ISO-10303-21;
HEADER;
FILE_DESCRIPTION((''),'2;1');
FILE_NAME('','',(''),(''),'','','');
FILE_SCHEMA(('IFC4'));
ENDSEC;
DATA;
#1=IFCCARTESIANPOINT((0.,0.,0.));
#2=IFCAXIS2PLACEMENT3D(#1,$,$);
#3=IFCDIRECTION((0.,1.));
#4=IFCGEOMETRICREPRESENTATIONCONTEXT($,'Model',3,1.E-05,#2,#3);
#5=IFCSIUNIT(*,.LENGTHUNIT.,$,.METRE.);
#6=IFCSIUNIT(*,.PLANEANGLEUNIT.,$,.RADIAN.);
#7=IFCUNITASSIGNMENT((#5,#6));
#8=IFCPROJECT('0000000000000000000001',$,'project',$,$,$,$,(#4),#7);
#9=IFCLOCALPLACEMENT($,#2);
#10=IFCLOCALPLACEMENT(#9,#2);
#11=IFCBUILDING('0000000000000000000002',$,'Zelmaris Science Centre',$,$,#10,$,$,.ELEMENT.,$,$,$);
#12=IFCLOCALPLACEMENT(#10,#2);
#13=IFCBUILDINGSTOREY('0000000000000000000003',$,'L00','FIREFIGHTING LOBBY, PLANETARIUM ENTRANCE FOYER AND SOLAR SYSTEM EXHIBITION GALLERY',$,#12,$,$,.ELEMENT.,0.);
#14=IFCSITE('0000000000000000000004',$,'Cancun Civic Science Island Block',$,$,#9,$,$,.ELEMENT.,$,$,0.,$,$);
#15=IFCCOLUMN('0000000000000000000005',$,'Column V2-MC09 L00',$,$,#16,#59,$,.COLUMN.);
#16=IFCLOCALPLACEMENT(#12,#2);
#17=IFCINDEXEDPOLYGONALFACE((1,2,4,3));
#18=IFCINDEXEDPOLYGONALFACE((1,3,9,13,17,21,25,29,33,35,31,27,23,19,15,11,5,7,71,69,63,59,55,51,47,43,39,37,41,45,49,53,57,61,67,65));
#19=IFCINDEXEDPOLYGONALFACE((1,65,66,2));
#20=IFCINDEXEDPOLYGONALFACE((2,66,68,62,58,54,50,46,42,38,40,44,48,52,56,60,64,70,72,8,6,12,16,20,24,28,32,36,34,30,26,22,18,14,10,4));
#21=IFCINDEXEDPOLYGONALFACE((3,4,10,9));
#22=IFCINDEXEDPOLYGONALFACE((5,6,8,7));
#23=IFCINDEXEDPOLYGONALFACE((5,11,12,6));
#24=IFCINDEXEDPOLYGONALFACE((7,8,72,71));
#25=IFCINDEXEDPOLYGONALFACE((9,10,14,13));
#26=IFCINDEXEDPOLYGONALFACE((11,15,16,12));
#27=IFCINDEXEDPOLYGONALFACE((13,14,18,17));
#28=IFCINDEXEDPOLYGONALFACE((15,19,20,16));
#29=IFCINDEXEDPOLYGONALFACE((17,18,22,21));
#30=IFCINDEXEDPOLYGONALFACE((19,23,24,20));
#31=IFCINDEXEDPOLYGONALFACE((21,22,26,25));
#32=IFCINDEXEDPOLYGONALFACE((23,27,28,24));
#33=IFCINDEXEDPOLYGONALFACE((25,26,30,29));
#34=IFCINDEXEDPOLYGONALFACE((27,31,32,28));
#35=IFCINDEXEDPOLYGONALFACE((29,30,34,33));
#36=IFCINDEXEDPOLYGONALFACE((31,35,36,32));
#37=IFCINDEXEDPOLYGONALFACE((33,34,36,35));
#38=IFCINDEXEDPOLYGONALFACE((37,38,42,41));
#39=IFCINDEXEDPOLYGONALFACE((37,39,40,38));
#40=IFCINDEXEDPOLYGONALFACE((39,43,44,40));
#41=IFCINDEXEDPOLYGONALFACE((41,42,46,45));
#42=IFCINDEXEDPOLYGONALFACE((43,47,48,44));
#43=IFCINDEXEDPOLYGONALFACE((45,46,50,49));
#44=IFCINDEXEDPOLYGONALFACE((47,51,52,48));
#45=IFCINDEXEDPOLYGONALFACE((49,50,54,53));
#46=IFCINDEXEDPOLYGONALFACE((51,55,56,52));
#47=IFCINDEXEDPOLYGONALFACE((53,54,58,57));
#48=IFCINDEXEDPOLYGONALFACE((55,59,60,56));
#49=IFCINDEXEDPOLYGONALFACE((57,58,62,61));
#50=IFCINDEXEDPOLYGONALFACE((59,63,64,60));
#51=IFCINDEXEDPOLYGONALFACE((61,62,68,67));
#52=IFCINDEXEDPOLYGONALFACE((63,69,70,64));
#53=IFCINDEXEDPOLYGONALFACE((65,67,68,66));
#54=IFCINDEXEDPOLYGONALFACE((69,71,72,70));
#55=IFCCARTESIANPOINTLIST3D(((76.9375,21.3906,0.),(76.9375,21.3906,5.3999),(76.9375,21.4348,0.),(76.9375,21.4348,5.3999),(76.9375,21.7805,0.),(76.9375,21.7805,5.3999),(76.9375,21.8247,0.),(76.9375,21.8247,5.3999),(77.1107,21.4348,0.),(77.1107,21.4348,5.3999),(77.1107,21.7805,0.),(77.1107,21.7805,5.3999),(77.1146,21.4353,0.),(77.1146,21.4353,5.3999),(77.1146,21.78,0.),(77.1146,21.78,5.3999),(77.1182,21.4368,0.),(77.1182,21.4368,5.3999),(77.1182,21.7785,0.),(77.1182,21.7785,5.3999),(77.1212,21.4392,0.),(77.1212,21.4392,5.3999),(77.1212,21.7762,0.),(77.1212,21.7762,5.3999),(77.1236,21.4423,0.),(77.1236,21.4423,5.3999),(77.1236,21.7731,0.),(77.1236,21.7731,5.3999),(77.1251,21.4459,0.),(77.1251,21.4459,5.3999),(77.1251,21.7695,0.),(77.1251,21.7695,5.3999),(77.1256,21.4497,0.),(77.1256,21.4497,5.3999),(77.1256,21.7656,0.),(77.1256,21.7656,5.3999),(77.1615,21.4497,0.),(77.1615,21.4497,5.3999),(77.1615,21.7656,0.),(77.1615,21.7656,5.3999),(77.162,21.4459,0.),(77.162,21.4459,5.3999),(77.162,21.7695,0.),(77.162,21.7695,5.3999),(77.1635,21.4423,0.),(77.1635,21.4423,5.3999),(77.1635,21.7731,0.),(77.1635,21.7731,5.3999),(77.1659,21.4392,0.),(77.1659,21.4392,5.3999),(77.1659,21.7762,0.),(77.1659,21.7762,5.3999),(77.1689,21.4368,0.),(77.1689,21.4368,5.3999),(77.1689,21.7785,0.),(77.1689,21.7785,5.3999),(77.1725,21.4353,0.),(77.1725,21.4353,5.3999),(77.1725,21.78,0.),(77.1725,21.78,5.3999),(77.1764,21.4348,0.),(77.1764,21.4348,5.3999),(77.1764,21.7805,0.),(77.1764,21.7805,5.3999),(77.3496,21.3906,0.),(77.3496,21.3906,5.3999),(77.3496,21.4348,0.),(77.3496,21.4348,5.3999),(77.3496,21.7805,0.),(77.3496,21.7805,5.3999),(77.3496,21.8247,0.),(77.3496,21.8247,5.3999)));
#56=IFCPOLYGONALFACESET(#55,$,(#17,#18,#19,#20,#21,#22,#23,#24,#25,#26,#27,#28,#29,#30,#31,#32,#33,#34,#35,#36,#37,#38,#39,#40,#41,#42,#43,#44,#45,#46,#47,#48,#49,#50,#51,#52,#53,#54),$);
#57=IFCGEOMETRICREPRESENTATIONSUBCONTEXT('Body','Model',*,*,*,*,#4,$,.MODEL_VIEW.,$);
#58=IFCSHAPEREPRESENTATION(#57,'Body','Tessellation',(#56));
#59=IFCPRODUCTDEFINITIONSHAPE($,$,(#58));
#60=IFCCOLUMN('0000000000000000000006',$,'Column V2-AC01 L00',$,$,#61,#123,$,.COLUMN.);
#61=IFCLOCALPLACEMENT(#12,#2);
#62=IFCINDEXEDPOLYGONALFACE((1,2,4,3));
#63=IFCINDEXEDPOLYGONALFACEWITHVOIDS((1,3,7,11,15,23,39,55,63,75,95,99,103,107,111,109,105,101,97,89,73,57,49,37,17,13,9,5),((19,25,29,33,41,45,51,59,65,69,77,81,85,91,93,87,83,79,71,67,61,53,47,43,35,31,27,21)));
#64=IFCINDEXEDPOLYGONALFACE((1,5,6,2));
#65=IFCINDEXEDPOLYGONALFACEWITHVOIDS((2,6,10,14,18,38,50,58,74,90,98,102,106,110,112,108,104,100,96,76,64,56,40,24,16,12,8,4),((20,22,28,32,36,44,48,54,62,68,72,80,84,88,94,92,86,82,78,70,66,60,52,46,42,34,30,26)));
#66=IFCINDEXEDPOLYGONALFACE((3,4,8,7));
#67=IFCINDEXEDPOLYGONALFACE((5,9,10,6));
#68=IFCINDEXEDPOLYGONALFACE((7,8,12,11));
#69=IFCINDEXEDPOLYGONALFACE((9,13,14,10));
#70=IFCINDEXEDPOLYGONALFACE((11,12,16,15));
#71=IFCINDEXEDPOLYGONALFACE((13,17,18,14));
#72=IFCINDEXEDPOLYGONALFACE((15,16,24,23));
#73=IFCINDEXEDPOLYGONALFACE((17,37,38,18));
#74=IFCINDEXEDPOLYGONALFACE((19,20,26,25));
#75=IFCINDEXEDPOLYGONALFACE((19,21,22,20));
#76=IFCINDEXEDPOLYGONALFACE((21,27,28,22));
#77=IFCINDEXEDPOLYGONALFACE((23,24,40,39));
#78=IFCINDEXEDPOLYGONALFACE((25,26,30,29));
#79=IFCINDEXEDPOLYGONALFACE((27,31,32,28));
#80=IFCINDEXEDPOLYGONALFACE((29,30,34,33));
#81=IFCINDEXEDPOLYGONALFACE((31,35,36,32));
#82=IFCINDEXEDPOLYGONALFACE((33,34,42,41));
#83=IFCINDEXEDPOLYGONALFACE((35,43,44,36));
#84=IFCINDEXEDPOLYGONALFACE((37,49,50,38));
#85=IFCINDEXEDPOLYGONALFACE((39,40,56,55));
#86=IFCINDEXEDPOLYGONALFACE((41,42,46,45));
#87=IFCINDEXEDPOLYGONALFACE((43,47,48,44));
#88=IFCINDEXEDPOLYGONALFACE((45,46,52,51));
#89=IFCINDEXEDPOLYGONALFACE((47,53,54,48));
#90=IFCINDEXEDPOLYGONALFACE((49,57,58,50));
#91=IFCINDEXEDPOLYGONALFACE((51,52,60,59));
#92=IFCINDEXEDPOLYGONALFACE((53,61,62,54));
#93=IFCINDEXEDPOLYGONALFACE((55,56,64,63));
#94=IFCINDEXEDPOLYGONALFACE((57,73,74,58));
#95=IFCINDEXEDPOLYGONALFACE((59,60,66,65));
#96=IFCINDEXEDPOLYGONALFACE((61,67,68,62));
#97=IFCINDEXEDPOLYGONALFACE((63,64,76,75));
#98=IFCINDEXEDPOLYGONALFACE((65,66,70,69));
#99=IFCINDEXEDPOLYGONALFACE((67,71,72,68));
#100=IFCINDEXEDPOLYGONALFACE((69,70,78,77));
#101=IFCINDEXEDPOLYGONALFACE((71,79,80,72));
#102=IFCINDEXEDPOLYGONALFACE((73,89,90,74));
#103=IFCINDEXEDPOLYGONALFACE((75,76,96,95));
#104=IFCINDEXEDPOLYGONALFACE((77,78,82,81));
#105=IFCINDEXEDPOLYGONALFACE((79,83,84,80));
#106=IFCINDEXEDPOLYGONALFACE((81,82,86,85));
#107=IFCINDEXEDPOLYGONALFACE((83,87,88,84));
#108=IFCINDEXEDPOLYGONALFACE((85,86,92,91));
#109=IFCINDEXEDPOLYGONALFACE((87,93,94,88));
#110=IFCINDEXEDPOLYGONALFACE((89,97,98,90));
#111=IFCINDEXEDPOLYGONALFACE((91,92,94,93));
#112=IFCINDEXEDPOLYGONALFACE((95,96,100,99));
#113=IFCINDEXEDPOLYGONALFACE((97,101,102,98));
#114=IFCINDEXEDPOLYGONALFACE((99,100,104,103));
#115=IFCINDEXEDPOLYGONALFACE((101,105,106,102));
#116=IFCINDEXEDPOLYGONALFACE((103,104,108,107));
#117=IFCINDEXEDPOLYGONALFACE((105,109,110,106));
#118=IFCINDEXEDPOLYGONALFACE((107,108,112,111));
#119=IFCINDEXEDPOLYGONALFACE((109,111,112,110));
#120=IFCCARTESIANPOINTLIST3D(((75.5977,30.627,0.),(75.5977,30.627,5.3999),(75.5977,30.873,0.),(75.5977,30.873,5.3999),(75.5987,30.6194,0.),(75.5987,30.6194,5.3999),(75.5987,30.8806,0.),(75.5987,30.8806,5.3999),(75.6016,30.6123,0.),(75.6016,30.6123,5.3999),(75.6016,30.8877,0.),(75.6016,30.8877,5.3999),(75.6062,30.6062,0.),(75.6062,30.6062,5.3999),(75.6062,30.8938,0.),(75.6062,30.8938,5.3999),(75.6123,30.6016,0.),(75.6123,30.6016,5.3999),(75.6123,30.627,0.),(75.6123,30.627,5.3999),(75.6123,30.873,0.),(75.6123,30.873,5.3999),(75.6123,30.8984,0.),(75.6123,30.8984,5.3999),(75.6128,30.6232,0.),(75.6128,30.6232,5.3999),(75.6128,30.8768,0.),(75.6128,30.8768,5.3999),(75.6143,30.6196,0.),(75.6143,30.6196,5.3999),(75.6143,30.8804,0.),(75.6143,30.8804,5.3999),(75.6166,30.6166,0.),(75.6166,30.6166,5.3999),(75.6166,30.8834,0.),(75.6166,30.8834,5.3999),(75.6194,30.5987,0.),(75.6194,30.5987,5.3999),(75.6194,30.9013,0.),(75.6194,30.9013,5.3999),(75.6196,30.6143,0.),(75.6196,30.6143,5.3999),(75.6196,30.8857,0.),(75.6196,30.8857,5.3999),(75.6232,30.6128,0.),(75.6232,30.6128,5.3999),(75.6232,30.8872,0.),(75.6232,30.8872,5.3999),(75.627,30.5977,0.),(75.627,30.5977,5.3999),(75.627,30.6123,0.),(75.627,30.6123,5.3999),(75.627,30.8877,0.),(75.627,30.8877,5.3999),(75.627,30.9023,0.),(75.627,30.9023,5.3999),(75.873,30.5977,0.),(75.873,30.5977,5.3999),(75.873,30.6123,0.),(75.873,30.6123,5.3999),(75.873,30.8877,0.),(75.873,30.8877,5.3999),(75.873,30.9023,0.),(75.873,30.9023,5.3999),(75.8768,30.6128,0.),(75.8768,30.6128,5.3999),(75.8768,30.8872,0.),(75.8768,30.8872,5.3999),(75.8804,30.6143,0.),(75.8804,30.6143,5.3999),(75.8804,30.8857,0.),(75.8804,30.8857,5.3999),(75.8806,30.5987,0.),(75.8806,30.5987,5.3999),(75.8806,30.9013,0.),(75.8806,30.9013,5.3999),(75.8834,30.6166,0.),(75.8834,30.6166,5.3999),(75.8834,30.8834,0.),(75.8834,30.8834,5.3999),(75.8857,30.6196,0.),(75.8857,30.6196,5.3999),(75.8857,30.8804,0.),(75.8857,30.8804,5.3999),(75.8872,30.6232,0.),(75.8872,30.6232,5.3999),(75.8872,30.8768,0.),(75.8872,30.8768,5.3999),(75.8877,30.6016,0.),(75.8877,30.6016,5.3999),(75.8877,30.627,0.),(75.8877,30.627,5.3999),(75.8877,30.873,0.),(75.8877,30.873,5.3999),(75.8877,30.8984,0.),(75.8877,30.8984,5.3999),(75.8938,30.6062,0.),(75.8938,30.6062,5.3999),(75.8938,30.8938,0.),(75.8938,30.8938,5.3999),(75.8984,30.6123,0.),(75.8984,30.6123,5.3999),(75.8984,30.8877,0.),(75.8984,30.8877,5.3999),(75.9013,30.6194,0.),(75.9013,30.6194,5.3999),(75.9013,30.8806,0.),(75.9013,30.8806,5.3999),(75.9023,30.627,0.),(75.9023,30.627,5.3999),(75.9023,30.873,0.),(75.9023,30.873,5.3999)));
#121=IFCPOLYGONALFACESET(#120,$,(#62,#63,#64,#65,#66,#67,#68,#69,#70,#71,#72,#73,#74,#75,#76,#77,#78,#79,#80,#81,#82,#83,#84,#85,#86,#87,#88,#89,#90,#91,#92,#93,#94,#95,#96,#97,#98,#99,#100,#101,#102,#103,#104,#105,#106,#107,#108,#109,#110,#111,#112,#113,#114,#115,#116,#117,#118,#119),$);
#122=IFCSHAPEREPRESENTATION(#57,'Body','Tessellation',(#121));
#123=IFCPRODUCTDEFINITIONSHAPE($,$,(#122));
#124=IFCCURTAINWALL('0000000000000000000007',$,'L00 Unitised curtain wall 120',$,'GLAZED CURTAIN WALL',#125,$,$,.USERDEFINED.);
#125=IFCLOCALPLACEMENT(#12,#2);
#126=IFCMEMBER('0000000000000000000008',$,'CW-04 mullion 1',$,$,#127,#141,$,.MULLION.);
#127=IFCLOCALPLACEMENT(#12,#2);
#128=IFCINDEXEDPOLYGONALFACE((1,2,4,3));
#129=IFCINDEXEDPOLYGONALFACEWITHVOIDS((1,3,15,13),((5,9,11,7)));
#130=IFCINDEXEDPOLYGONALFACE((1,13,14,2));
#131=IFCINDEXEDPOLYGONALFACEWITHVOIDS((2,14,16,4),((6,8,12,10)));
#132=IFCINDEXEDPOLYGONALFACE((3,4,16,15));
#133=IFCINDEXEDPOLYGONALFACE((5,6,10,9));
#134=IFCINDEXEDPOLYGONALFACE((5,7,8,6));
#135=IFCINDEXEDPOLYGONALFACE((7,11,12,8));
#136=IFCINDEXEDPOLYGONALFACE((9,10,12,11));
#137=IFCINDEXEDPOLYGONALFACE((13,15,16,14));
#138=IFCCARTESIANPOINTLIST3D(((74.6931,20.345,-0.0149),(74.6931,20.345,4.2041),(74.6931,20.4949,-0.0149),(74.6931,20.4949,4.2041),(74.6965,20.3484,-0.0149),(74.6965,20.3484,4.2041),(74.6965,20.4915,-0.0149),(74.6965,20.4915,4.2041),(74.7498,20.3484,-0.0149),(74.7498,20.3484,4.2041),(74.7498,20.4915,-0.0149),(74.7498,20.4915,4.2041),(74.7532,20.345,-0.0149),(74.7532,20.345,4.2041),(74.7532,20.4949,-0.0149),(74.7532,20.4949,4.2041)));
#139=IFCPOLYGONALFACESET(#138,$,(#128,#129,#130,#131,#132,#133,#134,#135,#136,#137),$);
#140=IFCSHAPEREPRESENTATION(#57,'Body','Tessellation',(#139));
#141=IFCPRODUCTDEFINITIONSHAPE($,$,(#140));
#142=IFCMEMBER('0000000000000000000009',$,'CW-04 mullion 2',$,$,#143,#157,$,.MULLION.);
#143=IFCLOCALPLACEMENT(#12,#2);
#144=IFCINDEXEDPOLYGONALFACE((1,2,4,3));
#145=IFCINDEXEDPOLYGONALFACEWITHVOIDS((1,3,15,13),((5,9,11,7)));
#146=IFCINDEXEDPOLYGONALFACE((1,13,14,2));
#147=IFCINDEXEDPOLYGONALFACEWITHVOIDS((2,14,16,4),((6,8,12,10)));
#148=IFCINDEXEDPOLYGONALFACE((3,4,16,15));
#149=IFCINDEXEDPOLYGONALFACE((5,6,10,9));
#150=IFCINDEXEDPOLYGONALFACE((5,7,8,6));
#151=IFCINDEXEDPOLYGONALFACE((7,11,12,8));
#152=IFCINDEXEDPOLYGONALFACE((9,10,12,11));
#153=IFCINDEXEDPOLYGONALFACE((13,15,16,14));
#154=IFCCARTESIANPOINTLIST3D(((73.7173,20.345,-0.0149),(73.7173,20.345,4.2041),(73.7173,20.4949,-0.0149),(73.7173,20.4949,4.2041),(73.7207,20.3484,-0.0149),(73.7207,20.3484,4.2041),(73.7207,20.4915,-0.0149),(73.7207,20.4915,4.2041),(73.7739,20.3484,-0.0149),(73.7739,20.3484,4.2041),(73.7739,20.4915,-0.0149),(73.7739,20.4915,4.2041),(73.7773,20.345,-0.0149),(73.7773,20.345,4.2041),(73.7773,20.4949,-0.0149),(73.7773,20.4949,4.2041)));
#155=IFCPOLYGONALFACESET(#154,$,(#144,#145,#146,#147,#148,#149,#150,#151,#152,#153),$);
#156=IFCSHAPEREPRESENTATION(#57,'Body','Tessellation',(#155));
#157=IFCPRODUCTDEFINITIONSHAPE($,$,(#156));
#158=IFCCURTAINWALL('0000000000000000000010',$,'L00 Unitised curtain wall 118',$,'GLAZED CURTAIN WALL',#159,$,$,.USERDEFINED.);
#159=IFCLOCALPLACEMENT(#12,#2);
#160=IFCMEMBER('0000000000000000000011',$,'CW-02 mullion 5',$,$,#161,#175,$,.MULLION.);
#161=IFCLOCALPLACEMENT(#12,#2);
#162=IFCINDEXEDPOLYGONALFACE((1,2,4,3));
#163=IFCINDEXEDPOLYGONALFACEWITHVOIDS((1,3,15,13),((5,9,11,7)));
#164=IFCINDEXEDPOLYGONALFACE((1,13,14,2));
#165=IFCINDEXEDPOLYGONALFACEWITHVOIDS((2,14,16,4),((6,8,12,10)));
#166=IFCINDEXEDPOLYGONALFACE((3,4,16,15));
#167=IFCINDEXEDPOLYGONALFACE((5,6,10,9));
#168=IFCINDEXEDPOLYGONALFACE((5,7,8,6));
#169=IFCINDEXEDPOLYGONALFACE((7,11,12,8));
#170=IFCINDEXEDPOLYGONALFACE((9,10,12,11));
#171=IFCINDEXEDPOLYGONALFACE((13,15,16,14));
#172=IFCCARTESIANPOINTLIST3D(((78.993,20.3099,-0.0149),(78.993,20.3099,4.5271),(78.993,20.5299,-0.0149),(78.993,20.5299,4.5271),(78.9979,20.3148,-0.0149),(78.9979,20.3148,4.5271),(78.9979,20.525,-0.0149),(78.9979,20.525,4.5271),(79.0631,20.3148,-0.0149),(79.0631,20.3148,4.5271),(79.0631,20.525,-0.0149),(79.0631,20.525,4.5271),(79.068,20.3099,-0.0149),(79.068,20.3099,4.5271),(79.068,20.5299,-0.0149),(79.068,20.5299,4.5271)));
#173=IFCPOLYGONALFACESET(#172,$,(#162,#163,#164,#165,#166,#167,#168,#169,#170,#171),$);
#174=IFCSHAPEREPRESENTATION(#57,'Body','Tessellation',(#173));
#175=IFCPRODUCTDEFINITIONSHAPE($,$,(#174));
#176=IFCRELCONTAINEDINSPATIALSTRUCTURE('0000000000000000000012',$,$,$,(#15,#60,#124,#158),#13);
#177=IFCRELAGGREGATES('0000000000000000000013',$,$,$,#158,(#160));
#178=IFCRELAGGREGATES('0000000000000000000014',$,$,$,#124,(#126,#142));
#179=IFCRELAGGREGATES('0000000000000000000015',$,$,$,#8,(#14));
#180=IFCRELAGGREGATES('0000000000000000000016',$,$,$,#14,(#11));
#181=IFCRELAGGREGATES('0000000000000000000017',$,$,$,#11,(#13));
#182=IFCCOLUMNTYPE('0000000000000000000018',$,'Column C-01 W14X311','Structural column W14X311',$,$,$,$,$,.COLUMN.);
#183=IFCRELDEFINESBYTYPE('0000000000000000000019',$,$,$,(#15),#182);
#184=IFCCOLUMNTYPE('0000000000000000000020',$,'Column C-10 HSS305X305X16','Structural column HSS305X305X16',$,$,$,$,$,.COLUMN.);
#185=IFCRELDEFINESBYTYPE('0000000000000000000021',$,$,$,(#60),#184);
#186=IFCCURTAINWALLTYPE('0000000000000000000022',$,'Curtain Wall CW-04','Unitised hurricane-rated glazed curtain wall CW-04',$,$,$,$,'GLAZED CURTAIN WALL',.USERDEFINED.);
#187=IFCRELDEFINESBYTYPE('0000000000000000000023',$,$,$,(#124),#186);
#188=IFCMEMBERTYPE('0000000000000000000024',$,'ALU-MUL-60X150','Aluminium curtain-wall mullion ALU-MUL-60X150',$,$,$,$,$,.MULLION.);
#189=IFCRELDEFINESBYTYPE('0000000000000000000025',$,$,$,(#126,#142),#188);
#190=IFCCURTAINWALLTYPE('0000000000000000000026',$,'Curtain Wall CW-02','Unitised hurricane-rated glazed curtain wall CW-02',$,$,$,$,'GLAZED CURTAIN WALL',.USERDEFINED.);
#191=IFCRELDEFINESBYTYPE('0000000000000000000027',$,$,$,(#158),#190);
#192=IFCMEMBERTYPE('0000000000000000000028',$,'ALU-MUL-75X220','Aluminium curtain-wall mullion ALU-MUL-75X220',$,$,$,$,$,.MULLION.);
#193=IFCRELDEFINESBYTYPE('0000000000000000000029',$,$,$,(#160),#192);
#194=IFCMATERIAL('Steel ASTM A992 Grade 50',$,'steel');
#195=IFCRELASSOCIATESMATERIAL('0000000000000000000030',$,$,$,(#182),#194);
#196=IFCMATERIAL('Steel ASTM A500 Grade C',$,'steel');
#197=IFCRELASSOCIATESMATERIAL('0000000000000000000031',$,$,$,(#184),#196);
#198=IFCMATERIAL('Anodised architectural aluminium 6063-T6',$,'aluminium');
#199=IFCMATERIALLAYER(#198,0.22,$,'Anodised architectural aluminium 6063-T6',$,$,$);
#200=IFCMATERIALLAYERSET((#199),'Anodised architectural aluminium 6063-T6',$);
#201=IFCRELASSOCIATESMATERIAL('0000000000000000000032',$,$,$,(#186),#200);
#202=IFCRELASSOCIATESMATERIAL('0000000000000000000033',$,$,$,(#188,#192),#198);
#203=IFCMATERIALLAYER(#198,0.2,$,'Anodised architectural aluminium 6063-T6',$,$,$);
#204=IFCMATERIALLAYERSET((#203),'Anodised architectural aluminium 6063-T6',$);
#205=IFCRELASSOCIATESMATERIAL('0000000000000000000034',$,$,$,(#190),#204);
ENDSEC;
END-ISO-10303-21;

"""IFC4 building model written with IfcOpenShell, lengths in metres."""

from ifc_helpers import new_model, si_unit, direction, frame, origin, origin_2d, place, context, subcontext, project, spatial, hollow_rectangle, i_section, extrude, material, layer, layer_set, material_profile, profile_set, type_object, element, aggregate, save


model = new_model("IFC4")

# Units and contexts
model_context = context("Model", 3, precision=1e-05, world=origin(), true_north=direction((0.0, 1.0)))
body_context = subcontext(model_context, "Body", "Model", "MODEL_VIEW")
ifc_project = project(units=[si_unit("LENGTHUNIT", "METRE"), si_unit("PLANEANGLEUNIT", "RADIAN")], contexts=[model_context])

# Site, building, storey
site_placement = place(None, origin())
site = spatial("IfcSite", under=ifc_project, at=site_placement, Name="Cancun Civic Science Island Block", CompositionType="ELEMENT", RefElevation=0.0)
building_placement = place(site_placement, origin())
building = spatial("IfcBuilding", under=site, at=building_placement, Name="Zelmaris Science Centre", CompositionType="ELEMENT")
storey_placement = place(building_placement, origin())
storey = spatial("IfcBuildingStorey", under=building, at=storey_placement, Name="L00", Description="FIREFIGHTING LOBBY, PLANETARIUM ENTRANCE FOYER AND SOLAR SYSTEM EXHIBITION GALLERY", CompositionType="ELEMENT", Elevation=0.0)

# Columns
ifc_material_1 = material(Name="Steel ASTM A992 Grade 50", Category="steel")
ifc_material_profile_1 = material_profile(ifc_material_1, i_section(OverallWidth=0.4121, OverallDepth=0.4341, WebThickness=0.0359, FlangeThickness=0.0442, FilletRadius=0.0149, at=origin_2d()), Name="W14X311")
ifc_profile_set_1 = profile_set([ifc_material_profile_1], Name="Steel ASTM A992 Grade 50")
column_type_1 = type_object("IfcColumnType", Name="Column C-01 W14X311", Description="Structural column W14X311", PredefinedType="COLUMN", material=ifc_profile_set_1)
column_1_placement = place(storey_placement, frame((77.1436, 21.6077, 0.0), z_axis=(0.0, 0.0, 1.0), x_axis=(1.0, 0.0, 0.0)))
element("IfcColumn", 1, at=column_1_placement, inside=storey, type_object=column_type_1, Name="Column V2-MC09 L00", PredefinedType="COLUMN", context=body_context, shape_type="SweptSolid", body=[
    extrude(i_section(OverallWidth=0.4121, OverallDepth=0.4341, WebThickness=0.0359, FlangeThickness=0.0442, FilletRadius=0.0149, at=origin_2d()), origin(), (0.0, 0.0, 1.0), 5.3999),
])
ifc_material_2 = material(Name="Steel ASTM A500 Grade C", Category="steel")
ifc_material_profile_2 = material_profile(ifc_material_2, hollow_rectangle(XDim=0.3047, YDim=0.3047, WallThickness=0.0146, InnerFilletRadius=0.0146, OuterFilletRadius=0.0293, at=origin_2d()), Name="HSS305X305X16")
ifc_profile_set_2 = profile_set([ifc_material_profile_2], Name="Steel ASTM A500 Grade C")
column_type_2 = type_object("IfcColumnType", Name="Column C-10 HSS305X305X16", Description="Structural column HSS305X305X16", PredefinedType="COLUMN", material=ifc_profile_set_2)
column_2_placement = place(storey_placement, frame((75.75, 30.75, 0.0), z_axis=(0.0, 0.0, 1.0), x_axis=(1.0, 0.0, 0.0)))
element("IfcColumn", 2, at=column_2_placement, inside=storey, type_object=column_type_2, Name="Column V2-AC01 L00", PredefinedType="COLUMN", context=body_context, shape_type="SweptSolid", body=[
    extrude(hollow_rectangle(XDim=0.3047, YDim=0.3047, WallThickness=0.0146, InnerFilletRadius=0.0146, OuterFilletRadius=0.0293, at=origin_2d()), origin(), (0.0, 0.0, 1.0), 5.3999),
])

# Curtain wall, members
ifc_material_3 = material(Name="Anodised architectural aluminium 6063-T6", Category="aluminium")
ifc_layer_1 = layer(ifc_material_3, 0.22, Name="Anodised architectural aluminium 6063-T6")
ifc_layer_set_1 = layer_set([ifc_layer_1], Name="Anodised architectural aluminium 6063-T6")
curtain_wall_type_1 = type_object("IfcCurtainWallType", Name="Curtain Wall CW-04", Description="Unitised hurricane-rated glazed curtain wall CW-04", ElementType="GLAZED CURTAIN WALL", PredefinedType="USERDEFINED", material=ifc_layer_set_1)
curtain_wall_1_placement = place(storey_placement, origin())
curtain_wall_1 = element("IfcCurtainWall", 3, at=curtain_wall_1_placement, inside=storey, type_object=curtain_wall_type_1, Name="L00 Unitised curtain wall 120", ObjectType="GLAZED CURTAIN WALL", PredefinedType="USERDEFINED")
ifc_material_profile_3 = material_profile(ifc_material_3, hollow_rectangle(XDim=0.0601, YDim=0.1499, WallThickness=0.0034, at=origin_2d()), Name="ALU-MUL-60X150")
ifc_profile_set_3 = profile_set([ifc_material_profile_3], Name="Anodised architectural aluminium 6063-T6")
member_type_1 = type_object("IfcMemberType", Name="ALU-MUL-60X150", Description="Aluminium curtain-wall mullion ALU-MUL-60X150", PredefinedType="MULLION", material=ifc_profile_set_3)
member_1_placement = place(storey_placement, frame((74.7231, 20.4199, -0.0149), z_axis=(0.0, 0.0, 1.0), x_axis=(-1.0, -0.000003, 0.0)))
member_1 = element("IfcMember", 4, at=member_1_placement, type_object=member_type_1, Name="CW-04 mullion 1", PredefinedType="MULLION", context=body_context, shape_type="SweptSolid", body=[
    extrude(hollow_rectangle(XDim=0.0601, YDim=0.1499, WallThickness=0.0034, at=origin_2d()), origin(), (0.0, 0.0, 1.0), 4.219),
])
member_2_placement = place(storey_placement, frame((73.7473, 20.4199, -0.0149), z_axis=(0.0, 0.0, 1.0), x_axis=(-1.0, -0.000003, 0.0)))
member_2 = element("IfcMember", 5, at=member_2_placement, type_object=member_type_1, Name="CW-04 mullion 2", PredefinedType="MULLION", context=body_context, shape_type="SweptSolid", body=[
    extrude(hollow_rectangle(XDim=0.0601, YDim=0.1499, WallThickness=0.0034, at=origin_2d()), origin(), (0.0, 0.0, 1.0), 4.219),
])

# Curtain wall, member
ifc_layer_2 = layer(ifc_material_3, 0.2, Name="Anodised architectural aluminium 6063-T6")
ifc_layer_set_2 = layer_set([ifc_layer_2], Name="Anodised architectural aluminium 6063-T6")
curtain_wall_type_2 = type_object("IfcCurtainWallType", Name="Curtain Wall CW-02", Description="Unitised hurricane-rated glazed curtain wall CW-02", ElementType="GLAZED CURTAIN WALL", PredefinedType="USERDEFINED", material=ifc_layer_set_2)
curtain_wall_2_placement = place(storey_placement, origin())
curtain_wall_2 = element("IfcCurtainWall", 6, at=curtain_wall_2_placement, inside=storey, type_object=curtain_wall_type_2, Name="L00 Unitised curtain wall 118", ObjectType="GLAZED CURTAIN WALL", PredefinedType="USERDEFINED")
ifc_material_profile_4 = material_profile(ifc_material_3, hollow_rectangle(XDim=0.075, YDim=0.22, WallThickness=0.0049, at=origin_2d()), Name="ALU-MUL-75X220")
ifc_profile_set_4 = profile_set([ifc_material_profile_4], Name="Anodised architectural aluminium 6063-T6")
member_type_2 = type_object("IfcMemberType", Name="ALU-MUL-75X220", Description="Aluminium curtain-wall mullion ALU-MUL-75X220", PredefinedType="MULLION", material=ifc_profile_set_4)
member_3_placement = place(storey_placement, frame((79.0305, 20.4199, -0.0149), z_axis=(0.0, 0.0, 1.0), x_axis=(-1.0, -0.000003, 0.0)))
member_3 = element("IfcMember", 7, at=member_3_placement, type_object=member_type_2, Name="CW-02 mullion 5", PredefinedType="MULLION", context=body_context, shape_type="SweptSolid", body=[
    extrude(hollow_rectangle(XDim=0.075, YDim=0.22, WallThickness=0.0049, at=origin_2d()), origin(), (0.0, 0.0, 1.0), 4.542),
])
aggregate(curtain_wall_2, [member_3])

aggregate(curtain_wall_1, [member_1, member_2])

save(model, "model.ifc")
